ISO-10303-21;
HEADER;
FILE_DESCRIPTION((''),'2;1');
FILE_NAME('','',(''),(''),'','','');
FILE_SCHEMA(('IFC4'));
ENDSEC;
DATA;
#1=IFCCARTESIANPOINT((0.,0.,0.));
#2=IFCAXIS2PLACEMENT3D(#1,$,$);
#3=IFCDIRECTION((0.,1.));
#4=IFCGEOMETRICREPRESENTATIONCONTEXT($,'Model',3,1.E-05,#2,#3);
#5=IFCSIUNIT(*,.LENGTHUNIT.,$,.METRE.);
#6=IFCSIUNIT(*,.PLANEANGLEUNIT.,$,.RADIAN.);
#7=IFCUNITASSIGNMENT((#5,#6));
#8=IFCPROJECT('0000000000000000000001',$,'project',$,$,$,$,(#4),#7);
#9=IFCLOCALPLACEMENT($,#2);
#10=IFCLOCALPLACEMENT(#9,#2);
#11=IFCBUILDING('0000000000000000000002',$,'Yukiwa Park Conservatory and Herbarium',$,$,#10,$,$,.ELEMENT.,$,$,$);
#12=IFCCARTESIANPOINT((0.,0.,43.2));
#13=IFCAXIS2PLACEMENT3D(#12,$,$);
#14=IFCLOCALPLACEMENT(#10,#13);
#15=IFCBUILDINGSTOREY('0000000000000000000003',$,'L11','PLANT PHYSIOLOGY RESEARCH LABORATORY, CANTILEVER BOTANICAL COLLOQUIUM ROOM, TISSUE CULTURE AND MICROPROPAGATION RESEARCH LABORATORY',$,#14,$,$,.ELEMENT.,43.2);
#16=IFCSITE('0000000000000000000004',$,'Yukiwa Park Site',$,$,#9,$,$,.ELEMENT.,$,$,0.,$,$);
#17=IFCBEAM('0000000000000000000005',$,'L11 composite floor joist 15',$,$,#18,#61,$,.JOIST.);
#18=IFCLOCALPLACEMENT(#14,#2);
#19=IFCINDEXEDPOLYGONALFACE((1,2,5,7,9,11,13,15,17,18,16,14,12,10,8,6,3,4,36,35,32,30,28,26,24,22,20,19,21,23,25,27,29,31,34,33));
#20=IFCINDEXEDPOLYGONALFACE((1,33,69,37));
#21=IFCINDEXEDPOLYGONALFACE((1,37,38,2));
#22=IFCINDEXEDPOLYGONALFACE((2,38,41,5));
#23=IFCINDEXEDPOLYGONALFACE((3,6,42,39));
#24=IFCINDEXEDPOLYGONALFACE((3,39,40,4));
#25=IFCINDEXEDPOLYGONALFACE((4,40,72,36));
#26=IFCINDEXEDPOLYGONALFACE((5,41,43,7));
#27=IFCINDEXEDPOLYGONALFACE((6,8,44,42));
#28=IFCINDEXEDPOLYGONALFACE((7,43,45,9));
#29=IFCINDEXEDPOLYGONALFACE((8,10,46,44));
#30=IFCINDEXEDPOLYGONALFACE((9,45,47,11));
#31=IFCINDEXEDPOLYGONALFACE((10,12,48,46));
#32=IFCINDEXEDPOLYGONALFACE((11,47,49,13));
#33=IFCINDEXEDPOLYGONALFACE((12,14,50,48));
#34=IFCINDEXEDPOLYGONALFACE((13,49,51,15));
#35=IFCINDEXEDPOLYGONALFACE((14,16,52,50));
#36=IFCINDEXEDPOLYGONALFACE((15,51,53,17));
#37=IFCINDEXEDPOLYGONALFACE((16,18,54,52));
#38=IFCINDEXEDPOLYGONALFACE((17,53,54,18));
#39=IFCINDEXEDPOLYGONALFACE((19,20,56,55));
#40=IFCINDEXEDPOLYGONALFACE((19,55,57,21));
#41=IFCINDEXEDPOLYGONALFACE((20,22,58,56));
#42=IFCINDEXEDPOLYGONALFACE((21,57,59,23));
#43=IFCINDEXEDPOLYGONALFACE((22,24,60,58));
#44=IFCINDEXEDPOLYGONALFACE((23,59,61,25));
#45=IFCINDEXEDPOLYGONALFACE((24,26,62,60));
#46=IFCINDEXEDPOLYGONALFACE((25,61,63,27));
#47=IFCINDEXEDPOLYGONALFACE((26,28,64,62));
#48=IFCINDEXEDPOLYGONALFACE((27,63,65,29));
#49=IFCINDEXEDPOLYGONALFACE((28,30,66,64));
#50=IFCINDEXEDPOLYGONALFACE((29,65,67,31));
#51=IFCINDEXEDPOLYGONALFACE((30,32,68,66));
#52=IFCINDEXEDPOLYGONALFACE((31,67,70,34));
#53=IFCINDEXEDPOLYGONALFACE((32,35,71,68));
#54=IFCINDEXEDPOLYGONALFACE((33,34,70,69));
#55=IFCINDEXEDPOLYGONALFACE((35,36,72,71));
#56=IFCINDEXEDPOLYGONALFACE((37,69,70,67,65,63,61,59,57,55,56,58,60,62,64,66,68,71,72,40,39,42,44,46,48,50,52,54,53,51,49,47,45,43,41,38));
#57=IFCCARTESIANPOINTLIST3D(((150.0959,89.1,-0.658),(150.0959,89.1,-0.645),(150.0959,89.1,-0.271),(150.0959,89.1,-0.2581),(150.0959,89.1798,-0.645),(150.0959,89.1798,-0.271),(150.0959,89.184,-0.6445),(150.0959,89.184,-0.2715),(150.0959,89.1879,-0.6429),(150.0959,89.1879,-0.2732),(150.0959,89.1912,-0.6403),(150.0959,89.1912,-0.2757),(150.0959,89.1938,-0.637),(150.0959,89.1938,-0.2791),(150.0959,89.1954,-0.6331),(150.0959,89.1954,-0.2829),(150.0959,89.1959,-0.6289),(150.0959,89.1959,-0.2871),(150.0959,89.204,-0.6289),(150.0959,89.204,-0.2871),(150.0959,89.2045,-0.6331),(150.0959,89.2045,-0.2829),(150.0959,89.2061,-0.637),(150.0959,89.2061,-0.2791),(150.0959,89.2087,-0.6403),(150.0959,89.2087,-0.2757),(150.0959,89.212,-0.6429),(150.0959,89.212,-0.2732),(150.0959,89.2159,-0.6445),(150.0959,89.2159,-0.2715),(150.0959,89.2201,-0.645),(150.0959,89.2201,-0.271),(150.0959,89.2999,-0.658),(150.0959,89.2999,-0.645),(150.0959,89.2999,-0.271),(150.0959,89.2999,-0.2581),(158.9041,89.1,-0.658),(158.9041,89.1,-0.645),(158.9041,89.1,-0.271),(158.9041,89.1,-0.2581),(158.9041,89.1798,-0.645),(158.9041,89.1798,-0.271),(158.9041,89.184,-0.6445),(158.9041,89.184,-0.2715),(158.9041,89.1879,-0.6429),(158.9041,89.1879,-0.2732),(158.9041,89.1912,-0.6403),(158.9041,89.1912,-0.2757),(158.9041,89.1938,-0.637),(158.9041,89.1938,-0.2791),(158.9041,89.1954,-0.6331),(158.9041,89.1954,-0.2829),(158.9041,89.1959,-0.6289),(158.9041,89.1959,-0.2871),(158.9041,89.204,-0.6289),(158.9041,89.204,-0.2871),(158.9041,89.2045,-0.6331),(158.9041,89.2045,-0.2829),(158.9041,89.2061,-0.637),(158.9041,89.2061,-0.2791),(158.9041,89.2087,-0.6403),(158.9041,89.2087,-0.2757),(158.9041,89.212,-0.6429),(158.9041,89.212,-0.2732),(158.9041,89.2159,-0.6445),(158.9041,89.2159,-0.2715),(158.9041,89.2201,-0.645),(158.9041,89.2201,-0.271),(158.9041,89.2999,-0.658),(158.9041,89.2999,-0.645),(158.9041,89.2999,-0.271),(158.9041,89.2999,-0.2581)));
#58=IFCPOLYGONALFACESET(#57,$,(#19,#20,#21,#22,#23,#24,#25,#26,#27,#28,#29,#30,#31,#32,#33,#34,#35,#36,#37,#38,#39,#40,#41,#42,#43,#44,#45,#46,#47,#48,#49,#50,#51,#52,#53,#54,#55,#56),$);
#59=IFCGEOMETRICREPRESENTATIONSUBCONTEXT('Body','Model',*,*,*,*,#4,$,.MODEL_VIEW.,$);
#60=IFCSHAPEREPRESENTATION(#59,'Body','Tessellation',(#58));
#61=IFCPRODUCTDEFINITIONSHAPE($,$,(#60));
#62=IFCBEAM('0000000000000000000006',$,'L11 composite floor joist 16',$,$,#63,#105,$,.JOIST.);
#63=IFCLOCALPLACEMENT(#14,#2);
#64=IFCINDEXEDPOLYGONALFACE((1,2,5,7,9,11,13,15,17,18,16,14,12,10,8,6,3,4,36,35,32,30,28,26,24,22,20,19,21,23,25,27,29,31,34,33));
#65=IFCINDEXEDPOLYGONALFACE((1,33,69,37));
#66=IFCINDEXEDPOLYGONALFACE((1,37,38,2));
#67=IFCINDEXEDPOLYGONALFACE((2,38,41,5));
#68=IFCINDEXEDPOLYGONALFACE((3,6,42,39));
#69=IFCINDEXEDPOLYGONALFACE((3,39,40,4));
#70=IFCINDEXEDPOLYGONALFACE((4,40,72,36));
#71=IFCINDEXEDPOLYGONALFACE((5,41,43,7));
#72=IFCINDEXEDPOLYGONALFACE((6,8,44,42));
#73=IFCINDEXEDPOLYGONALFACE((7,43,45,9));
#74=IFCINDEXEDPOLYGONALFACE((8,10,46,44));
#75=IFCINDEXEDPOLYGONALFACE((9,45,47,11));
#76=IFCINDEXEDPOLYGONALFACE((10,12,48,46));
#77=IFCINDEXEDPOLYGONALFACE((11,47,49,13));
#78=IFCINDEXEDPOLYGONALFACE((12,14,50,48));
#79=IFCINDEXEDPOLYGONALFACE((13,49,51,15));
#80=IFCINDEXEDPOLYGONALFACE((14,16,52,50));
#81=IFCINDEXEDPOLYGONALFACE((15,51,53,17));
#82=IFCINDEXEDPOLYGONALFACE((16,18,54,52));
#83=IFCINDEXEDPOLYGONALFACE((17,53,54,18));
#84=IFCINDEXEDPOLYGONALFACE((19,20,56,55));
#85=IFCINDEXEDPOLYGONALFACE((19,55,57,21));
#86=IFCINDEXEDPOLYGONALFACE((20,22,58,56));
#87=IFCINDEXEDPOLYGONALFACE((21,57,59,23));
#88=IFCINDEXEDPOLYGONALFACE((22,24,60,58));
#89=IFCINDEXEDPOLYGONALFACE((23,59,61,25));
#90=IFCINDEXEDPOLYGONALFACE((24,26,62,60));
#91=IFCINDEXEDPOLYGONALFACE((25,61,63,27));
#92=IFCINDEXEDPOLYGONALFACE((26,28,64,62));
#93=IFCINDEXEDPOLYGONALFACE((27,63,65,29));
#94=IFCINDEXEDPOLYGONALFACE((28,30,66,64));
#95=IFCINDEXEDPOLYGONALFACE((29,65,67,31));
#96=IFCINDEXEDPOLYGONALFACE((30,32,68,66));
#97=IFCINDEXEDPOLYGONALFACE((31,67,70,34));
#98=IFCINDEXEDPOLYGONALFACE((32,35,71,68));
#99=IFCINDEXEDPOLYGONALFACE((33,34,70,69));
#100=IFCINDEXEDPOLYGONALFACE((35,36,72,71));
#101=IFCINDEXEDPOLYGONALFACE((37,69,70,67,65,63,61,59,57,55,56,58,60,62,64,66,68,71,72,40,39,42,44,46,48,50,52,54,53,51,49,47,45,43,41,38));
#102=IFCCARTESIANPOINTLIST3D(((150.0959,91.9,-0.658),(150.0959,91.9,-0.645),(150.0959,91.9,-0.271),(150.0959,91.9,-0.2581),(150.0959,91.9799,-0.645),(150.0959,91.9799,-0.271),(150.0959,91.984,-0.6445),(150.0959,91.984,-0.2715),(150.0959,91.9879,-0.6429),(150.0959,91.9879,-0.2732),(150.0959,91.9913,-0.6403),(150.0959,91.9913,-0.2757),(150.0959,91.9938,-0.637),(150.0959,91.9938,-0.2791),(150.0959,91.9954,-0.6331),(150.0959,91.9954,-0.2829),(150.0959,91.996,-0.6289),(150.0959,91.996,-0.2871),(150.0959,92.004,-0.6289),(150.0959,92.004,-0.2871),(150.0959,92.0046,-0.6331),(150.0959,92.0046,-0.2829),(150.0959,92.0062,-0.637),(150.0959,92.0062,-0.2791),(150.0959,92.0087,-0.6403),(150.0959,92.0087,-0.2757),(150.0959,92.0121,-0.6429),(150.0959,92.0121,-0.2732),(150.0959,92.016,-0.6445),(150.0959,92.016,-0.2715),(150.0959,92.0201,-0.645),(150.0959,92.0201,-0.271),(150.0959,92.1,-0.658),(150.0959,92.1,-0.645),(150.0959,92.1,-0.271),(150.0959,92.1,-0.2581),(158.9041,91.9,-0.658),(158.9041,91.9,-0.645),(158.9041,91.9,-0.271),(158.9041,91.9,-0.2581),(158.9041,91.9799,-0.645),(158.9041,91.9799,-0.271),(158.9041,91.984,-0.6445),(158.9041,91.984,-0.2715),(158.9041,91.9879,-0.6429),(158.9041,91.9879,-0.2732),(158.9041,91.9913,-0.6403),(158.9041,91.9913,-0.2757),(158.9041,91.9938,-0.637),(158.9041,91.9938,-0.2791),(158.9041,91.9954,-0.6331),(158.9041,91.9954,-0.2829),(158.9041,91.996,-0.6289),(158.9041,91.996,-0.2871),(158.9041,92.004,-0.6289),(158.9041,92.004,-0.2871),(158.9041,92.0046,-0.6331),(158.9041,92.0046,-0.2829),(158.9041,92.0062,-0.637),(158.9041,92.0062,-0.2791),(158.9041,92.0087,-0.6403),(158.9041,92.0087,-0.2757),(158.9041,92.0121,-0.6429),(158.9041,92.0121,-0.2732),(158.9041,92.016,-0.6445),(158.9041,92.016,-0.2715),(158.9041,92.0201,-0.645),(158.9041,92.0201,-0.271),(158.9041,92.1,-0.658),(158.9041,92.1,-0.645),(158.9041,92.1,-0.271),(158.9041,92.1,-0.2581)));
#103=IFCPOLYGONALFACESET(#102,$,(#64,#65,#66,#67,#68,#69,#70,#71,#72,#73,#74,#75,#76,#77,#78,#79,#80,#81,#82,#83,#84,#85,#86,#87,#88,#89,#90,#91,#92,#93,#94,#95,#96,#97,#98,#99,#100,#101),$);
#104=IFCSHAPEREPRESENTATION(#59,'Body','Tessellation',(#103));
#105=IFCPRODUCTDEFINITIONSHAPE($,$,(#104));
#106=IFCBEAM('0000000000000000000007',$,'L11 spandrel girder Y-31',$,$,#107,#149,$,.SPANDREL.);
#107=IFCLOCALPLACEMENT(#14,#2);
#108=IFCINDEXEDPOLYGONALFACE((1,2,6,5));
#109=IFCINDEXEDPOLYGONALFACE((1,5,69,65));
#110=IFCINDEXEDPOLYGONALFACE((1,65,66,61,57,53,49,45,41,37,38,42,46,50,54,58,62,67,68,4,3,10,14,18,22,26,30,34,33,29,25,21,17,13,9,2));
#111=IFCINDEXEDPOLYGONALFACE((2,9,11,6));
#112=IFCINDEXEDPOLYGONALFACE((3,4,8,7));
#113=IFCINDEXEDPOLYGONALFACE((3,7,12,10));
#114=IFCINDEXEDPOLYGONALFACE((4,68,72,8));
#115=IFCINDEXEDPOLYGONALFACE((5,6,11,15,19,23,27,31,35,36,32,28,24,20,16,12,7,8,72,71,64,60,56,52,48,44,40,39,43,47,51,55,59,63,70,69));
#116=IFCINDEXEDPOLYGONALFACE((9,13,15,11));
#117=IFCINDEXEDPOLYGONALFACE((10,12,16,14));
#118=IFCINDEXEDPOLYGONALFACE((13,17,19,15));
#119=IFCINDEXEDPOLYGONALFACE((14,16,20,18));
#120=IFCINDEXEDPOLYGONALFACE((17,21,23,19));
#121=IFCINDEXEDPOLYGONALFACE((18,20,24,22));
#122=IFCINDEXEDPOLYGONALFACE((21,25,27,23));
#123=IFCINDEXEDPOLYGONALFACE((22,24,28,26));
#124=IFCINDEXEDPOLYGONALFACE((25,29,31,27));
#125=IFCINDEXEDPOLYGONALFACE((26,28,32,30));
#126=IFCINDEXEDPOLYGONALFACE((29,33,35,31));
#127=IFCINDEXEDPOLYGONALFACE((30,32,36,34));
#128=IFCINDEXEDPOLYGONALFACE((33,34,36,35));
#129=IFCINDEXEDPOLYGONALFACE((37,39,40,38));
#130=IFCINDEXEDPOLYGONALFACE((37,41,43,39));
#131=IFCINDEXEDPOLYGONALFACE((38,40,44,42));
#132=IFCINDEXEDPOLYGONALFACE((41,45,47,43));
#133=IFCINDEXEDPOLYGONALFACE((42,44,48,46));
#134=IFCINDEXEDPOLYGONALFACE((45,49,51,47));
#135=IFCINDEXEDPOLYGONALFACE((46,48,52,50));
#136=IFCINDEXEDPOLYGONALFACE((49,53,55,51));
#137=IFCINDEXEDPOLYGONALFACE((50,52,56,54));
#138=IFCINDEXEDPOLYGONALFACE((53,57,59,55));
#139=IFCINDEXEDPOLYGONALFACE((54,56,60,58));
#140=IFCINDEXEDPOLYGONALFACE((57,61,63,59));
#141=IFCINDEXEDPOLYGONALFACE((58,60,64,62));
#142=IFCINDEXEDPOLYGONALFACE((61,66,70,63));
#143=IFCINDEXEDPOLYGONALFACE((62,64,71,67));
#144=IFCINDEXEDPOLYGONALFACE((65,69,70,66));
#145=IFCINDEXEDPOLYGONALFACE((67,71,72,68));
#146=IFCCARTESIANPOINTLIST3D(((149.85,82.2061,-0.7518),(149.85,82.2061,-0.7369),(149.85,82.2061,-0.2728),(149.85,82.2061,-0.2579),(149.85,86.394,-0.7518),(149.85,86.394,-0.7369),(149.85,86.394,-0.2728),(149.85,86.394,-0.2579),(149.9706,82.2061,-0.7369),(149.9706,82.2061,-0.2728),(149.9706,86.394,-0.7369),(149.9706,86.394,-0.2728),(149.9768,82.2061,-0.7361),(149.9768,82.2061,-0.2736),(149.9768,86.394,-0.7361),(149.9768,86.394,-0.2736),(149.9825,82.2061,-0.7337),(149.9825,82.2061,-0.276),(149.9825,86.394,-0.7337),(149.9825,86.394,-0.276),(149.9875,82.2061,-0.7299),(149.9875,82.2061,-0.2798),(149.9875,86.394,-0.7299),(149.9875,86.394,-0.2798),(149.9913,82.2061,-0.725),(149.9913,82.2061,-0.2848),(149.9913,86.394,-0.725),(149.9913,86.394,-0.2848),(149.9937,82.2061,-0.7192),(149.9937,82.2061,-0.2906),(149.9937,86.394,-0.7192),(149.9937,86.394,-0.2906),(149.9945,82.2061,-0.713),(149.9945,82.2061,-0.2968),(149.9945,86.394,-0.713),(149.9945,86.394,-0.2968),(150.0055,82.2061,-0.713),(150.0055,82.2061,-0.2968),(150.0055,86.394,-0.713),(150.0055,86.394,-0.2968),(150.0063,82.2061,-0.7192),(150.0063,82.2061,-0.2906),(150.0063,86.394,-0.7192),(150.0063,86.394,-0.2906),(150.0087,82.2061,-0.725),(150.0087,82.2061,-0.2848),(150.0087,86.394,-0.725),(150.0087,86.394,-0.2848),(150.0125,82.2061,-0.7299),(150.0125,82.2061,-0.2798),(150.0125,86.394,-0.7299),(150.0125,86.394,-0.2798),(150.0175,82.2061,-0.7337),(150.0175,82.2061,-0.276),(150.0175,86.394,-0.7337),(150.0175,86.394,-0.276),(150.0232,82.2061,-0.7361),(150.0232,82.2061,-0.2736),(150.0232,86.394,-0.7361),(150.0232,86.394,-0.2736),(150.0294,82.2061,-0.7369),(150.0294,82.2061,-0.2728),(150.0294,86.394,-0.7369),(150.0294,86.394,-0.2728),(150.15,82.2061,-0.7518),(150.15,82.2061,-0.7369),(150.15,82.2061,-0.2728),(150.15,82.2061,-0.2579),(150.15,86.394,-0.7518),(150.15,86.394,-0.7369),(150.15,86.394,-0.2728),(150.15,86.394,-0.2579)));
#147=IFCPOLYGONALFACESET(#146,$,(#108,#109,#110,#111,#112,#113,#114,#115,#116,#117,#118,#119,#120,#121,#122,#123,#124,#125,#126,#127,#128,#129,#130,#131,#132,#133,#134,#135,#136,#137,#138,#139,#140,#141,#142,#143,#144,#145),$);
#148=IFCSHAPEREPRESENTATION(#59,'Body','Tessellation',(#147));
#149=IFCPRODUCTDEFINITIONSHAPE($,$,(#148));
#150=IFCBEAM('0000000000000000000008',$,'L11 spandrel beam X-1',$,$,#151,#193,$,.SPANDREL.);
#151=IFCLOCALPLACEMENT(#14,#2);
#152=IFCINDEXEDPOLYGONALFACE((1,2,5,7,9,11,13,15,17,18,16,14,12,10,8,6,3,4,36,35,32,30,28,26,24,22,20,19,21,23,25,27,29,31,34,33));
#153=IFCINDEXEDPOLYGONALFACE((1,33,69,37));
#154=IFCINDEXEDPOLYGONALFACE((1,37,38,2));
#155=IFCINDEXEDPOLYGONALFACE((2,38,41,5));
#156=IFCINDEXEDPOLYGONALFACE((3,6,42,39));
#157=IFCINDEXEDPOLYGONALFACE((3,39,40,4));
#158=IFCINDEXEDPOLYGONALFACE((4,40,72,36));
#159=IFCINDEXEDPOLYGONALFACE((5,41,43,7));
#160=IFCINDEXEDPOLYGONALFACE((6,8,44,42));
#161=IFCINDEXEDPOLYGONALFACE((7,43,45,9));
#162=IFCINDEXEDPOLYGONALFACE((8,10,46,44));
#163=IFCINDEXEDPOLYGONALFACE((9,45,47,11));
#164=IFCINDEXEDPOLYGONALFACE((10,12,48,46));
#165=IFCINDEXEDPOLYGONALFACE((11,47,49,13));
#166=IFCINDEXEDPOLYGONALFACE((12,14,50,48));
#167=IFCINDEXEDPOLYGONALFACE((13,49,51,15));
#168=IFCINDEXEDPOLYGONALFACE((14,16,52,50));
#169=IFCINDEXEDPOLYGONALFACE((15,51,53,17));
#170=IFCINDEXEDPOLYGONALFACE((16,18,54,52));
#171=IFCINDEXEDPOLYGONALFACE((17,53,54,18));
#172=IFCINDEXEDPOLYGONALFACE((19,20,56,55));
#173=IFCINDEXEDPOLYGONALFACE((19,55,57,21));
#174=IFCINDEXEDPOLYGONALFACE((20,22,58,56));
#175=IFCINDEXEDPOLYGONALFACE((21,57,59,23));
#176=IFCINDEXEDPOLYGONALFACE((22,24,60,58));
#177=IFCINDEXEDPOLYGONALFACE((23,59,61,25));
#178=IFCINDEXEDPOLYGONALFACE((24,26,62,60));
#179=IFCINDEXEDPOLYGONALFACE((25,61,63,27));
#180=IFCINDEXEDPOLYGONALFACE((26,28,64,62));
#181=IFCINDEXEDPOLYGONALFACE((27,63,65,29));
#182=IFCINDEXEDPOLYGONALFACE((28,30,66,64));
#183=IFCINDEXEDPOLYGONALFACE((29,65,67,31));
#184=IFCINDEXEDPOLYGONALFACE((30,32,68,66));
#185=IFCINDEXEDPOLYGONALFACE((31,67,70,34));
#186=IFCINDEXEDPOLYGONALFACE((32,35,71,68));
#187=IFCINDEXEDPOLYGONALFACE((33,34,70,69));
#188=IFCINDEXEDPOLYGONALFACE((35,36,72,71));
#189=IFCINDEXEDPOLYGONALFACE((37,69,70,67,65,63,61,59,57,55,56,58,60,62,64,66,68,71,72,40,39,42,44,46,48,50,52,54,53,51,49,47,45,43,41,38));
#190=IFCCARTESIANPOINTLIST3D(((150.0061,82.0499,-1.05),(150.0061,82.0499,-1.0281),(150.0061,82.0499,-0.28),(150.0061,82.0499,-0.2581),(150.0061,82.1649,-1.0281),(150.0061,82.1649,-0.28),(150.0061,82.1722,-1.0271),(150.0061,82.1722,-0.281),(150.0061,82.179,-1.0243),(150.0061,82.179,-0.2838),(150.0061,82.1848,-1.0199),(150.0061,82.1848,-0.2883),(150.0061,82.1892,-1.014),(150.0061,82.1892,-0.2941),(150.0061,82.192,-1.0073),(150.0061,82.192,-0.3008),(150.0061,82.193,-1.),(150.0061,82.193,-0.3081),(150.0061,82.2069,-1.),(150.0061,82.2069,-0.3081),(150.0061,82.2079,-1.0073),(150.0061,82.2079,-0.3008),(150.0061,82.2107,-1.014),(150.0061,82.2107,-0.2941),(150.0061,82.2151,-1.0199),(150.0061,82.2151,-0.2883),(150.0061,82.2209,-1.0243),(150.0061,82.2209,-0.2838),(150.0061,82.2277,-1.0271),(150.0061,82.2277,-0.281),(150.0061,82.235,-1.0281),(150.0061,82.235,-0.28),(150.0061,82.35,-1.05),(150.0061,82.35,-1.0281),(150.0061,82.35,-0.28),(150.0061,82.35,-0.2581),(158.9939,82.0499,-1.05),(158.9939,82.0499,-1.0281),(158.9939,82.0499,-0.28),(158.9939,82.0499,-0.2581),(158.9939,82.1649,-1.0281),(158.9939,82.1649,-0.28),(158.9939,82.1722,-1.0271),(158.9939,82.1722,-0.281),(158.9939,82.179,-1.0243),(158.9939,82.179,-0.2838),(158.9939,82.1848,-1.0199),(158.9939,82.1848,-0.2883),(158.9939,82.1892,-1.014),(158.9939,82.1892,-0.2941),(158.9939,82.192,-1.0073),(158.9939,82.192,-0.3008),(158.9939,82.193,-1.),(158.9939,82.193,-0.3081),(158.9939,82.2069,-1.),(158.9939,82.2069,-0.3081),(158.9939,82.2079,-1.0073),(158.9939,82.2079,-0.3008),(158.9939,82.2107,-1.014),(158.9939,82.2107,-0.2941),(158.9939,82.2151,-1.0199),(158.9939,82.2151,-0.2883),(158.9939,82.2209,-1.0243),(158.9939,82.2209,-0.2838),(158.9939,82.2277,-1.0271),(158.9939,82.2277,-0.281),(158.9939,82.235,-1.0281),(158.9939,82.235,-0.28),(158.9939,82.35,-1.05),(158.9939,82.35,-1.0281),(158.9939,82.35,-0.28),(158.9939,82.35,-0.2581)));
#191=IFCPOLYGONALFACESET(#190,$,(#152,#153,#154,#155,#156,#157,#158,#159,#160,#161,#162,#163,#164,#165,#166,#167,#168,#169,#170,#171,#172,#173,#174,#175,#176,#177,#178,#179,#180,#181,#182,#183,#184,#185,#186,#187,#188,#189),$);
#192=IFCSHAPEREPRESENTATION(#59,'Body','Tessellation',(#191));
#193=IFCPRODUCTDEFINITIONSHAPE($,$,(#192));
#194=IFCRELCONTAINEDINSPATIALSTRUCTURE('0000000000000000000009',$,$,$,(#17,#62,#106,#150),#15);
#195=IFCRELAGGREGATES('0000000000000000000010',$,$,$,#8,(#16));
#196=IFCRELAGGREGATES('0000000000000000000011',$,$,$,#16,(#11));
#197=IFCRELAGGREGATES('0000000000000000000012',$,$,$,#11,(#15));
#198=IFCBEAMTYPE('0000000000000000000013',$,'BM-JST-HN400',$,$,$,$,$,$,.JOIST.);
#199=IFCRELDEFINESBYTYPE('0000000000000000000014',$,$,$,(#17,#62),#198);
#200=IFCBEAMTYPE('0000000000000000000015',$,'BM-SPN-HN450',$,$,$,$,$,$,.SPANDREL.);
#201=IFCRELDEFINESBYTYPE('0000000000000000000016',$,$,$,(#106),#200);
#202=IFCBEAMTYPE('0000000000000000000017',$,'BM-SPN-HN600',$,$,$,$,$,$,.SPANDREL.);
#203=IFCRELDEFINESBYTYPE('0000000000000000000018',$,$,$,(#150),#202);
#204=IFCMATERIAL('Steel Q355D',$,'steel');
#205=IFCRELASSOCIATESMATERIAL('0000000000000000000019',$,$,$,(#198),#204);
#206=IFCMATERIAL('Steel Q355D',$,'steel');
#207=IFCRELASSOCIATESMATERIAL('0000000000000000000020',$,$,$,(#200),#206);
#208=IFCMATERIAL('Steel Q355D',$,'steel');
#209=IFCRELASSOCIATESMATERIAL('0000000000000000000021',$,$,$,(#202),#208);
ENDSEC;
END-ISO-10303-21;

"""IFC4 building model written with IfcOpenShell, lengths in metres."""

from ifc_helpers import new_model, si_unit, direction, frame, origin, origin_2d, place, context, subcontext, project, spatial, i_section, extrude, material, material_profile, profile_set, type_object, element, save


model = new_model("IFC4")

# Units and contexts
model_context = context("Model", 3, precision=1e-05, world=origin(), true_north=direction((0.0, 1.0)))
body_context = subcontext(model_context, "Body", "Model", "MODEL_VIEW")
ifc_project = project(units=[si_unit("LENGTHUNIT", "METRE"), si_unit("PLANEANGLEUNIT", "RADIAN")], contexts=[model_context])

# Site, building, storey
site_placement = place(None, origin())
site = spatial("IfcSite", under=ifc_project, at=site_placement, Name="Yukiwa Park Site", CompositionType="ELEMENT", RefElevation=0.0)
building_placement = place(site_placement, origin())
building = spatial("IfcBuilding", under=site, at=building_placement, Name="Yukiwa Park Conservatory and Herbarium", CompositionType="ELEMENT")
storey_placement = place(building_placement, frame((0.0, 0.0, 43.2)))
storey = spatial("IfcBuildingStorey", under=building, at=storey_placement, Name="L11", Description="PLANT PHYSIOLOGY RESEARCH LABORATORY, CANTILEVER BOTANICAL COLLOQUIUM ROOM, TISSUE CULTURE AND MICROPROPAGATION RESEARCH LABORATORY", CompositionType="ELEMENT", Elevation=43.2)

# Beams
ifc_material_1 = material(Name="Steel Q355D", Category="steel")
ifc_material_profile_1 = material_profile(ifc_material_1, i_section(OverallWidth=0.2, OverallDepth=0.3999, WebThickness=0.0081, FlangeThickness=0.0129, FilletRadius=0.0161, at=origin_2d()), Name="HN 400x200x8x13")
ifc_profile_set_1 = profile_set([ifc_material_profile_1], Name="Steel Q355D")
beam_type_1 = type_object("IfcBeamType", Name="BM-JST-HN400", PredefinedType="JOIST", material=ifc_profile_set_1)
for number, where, z_axis, x_axis, name in (
    (1, (150.0959, 89.2, -0.458), (1.0, 0.0, 0.0), (0.0, 1.0, 0.0), "L11 composite floor joist 15"),
    (2, (150.0959, 92.0, -0.458), (1.0, 0.0, 0.0), (0.0, 1.0, 0.0), "L11 composite floor joist 16"),
):
    element("IfcBeam", number, at=place(storey_placement, frame(where, z_axis=z_axis, x_axis=x_axis)), inside=storey, type_object=beam_type_1, Name=name, PredefinedType="JOIST", context=body_context, shape_type="SweptSolid", body=[
        extrude(i_section(OverallWidth=0.2, OverallDepth=0.3999, WebThickness=0.0081, FlangeThickness=0.0129, FilletRadius=0.0161, at=origin_2d()), origin(), (0.0, 0.0, 1.0), 8.8081),
    ])
ifc_material_2 = material(Name="Steel Q355D", Category="steel")
ifc_material_profile_2 = material_profile(ifc_material_2, i_section(OverallWidth=0.3, OverallDepth=0.4939, WebThickness=0.011, FlangeThickness=0.0149, FilletRadius=0.0239, at=origin_2d()), Name="HM 494x300x11x15")
ifc_profile_set_2 = profile_set([ifc_material_profile_2], Name="Steel Q355D")
beam_type_2 = type_object("IfcBeamType", Name="BM-SPN-HN450", PredefinedType="SPANDREL", material=ifc_profile_set_2)
beam_1_placement = place(storey_placement, frame((150.0, 82.2061, -0.5049), z_axis=(0.0, 1.0, 0.0), x_axis=(-1.0, 0.0, 0.0)))
element("IfcBeam", 3, at=beam_1_placement, inside=storey, type_object=beam_type_2, Name="L11 spandrel girder Y-31", PredefinedType="SPANDREL", context=body_context, shape_type="SweptSolid", body=[
    extrude(i_section(OverallWidth=0.3, OverallDepth=0.4939, WebThickness=0.011, FlangeThickness=0.0149, FilletRadius=0.0239, at=origin_2d()), origin(), (0.0, 0.0, 1.0), 4.188),
])
ifc_material_3 = material(Name="Steel Q355D", Category="steel")
ifc_material_profile_3 = material_profile(ifc_material_3, i_section(OverallWidth=0.3, OverallDepth=0.792, WebThickness=0.0139, FlangeThickness=0.022, FilletRadius=0.0281, at=origin_2d()), Name="HN 792x300x14x22")
ifc_profile_set_3 = profile_set([ifc_material_profile_3], Name="Steel Q355D")
beam_type_3 = type_object("IfcBeamType", Name="BM-SPN-HN600", PredefinedType="SPANDREL", material=ifc_profile_set_3)
for number, where, z_axis, x_axis, name in (
    (4, (150.0061, 82.2, -0.6541), (1.0, 0.0, 0.0), (0.0, 1.0, 0.0), "L11 spandrel beam X-1"),
):
    element("IfcBeam", number, at=place(storey_placement, frame(where, z_axis=z_axis, x_axis=x_axis)), inside=storey, type_object=beam_type_3, Name=name, PredefinedType="SPANDREL", context=body_context, shape_type="SweptSolid", body=[
        extrude(i_section(OverallWidth=0.3, OverallDepth=0.792, WebThickness=0.0139, FlangeThickness=0.022, FilletRadius=0.0281, at=origin_2d()), origin(), (0.0, 0.0, 1.0), 8.9878),
    ])

save(model, "model.ifc")
